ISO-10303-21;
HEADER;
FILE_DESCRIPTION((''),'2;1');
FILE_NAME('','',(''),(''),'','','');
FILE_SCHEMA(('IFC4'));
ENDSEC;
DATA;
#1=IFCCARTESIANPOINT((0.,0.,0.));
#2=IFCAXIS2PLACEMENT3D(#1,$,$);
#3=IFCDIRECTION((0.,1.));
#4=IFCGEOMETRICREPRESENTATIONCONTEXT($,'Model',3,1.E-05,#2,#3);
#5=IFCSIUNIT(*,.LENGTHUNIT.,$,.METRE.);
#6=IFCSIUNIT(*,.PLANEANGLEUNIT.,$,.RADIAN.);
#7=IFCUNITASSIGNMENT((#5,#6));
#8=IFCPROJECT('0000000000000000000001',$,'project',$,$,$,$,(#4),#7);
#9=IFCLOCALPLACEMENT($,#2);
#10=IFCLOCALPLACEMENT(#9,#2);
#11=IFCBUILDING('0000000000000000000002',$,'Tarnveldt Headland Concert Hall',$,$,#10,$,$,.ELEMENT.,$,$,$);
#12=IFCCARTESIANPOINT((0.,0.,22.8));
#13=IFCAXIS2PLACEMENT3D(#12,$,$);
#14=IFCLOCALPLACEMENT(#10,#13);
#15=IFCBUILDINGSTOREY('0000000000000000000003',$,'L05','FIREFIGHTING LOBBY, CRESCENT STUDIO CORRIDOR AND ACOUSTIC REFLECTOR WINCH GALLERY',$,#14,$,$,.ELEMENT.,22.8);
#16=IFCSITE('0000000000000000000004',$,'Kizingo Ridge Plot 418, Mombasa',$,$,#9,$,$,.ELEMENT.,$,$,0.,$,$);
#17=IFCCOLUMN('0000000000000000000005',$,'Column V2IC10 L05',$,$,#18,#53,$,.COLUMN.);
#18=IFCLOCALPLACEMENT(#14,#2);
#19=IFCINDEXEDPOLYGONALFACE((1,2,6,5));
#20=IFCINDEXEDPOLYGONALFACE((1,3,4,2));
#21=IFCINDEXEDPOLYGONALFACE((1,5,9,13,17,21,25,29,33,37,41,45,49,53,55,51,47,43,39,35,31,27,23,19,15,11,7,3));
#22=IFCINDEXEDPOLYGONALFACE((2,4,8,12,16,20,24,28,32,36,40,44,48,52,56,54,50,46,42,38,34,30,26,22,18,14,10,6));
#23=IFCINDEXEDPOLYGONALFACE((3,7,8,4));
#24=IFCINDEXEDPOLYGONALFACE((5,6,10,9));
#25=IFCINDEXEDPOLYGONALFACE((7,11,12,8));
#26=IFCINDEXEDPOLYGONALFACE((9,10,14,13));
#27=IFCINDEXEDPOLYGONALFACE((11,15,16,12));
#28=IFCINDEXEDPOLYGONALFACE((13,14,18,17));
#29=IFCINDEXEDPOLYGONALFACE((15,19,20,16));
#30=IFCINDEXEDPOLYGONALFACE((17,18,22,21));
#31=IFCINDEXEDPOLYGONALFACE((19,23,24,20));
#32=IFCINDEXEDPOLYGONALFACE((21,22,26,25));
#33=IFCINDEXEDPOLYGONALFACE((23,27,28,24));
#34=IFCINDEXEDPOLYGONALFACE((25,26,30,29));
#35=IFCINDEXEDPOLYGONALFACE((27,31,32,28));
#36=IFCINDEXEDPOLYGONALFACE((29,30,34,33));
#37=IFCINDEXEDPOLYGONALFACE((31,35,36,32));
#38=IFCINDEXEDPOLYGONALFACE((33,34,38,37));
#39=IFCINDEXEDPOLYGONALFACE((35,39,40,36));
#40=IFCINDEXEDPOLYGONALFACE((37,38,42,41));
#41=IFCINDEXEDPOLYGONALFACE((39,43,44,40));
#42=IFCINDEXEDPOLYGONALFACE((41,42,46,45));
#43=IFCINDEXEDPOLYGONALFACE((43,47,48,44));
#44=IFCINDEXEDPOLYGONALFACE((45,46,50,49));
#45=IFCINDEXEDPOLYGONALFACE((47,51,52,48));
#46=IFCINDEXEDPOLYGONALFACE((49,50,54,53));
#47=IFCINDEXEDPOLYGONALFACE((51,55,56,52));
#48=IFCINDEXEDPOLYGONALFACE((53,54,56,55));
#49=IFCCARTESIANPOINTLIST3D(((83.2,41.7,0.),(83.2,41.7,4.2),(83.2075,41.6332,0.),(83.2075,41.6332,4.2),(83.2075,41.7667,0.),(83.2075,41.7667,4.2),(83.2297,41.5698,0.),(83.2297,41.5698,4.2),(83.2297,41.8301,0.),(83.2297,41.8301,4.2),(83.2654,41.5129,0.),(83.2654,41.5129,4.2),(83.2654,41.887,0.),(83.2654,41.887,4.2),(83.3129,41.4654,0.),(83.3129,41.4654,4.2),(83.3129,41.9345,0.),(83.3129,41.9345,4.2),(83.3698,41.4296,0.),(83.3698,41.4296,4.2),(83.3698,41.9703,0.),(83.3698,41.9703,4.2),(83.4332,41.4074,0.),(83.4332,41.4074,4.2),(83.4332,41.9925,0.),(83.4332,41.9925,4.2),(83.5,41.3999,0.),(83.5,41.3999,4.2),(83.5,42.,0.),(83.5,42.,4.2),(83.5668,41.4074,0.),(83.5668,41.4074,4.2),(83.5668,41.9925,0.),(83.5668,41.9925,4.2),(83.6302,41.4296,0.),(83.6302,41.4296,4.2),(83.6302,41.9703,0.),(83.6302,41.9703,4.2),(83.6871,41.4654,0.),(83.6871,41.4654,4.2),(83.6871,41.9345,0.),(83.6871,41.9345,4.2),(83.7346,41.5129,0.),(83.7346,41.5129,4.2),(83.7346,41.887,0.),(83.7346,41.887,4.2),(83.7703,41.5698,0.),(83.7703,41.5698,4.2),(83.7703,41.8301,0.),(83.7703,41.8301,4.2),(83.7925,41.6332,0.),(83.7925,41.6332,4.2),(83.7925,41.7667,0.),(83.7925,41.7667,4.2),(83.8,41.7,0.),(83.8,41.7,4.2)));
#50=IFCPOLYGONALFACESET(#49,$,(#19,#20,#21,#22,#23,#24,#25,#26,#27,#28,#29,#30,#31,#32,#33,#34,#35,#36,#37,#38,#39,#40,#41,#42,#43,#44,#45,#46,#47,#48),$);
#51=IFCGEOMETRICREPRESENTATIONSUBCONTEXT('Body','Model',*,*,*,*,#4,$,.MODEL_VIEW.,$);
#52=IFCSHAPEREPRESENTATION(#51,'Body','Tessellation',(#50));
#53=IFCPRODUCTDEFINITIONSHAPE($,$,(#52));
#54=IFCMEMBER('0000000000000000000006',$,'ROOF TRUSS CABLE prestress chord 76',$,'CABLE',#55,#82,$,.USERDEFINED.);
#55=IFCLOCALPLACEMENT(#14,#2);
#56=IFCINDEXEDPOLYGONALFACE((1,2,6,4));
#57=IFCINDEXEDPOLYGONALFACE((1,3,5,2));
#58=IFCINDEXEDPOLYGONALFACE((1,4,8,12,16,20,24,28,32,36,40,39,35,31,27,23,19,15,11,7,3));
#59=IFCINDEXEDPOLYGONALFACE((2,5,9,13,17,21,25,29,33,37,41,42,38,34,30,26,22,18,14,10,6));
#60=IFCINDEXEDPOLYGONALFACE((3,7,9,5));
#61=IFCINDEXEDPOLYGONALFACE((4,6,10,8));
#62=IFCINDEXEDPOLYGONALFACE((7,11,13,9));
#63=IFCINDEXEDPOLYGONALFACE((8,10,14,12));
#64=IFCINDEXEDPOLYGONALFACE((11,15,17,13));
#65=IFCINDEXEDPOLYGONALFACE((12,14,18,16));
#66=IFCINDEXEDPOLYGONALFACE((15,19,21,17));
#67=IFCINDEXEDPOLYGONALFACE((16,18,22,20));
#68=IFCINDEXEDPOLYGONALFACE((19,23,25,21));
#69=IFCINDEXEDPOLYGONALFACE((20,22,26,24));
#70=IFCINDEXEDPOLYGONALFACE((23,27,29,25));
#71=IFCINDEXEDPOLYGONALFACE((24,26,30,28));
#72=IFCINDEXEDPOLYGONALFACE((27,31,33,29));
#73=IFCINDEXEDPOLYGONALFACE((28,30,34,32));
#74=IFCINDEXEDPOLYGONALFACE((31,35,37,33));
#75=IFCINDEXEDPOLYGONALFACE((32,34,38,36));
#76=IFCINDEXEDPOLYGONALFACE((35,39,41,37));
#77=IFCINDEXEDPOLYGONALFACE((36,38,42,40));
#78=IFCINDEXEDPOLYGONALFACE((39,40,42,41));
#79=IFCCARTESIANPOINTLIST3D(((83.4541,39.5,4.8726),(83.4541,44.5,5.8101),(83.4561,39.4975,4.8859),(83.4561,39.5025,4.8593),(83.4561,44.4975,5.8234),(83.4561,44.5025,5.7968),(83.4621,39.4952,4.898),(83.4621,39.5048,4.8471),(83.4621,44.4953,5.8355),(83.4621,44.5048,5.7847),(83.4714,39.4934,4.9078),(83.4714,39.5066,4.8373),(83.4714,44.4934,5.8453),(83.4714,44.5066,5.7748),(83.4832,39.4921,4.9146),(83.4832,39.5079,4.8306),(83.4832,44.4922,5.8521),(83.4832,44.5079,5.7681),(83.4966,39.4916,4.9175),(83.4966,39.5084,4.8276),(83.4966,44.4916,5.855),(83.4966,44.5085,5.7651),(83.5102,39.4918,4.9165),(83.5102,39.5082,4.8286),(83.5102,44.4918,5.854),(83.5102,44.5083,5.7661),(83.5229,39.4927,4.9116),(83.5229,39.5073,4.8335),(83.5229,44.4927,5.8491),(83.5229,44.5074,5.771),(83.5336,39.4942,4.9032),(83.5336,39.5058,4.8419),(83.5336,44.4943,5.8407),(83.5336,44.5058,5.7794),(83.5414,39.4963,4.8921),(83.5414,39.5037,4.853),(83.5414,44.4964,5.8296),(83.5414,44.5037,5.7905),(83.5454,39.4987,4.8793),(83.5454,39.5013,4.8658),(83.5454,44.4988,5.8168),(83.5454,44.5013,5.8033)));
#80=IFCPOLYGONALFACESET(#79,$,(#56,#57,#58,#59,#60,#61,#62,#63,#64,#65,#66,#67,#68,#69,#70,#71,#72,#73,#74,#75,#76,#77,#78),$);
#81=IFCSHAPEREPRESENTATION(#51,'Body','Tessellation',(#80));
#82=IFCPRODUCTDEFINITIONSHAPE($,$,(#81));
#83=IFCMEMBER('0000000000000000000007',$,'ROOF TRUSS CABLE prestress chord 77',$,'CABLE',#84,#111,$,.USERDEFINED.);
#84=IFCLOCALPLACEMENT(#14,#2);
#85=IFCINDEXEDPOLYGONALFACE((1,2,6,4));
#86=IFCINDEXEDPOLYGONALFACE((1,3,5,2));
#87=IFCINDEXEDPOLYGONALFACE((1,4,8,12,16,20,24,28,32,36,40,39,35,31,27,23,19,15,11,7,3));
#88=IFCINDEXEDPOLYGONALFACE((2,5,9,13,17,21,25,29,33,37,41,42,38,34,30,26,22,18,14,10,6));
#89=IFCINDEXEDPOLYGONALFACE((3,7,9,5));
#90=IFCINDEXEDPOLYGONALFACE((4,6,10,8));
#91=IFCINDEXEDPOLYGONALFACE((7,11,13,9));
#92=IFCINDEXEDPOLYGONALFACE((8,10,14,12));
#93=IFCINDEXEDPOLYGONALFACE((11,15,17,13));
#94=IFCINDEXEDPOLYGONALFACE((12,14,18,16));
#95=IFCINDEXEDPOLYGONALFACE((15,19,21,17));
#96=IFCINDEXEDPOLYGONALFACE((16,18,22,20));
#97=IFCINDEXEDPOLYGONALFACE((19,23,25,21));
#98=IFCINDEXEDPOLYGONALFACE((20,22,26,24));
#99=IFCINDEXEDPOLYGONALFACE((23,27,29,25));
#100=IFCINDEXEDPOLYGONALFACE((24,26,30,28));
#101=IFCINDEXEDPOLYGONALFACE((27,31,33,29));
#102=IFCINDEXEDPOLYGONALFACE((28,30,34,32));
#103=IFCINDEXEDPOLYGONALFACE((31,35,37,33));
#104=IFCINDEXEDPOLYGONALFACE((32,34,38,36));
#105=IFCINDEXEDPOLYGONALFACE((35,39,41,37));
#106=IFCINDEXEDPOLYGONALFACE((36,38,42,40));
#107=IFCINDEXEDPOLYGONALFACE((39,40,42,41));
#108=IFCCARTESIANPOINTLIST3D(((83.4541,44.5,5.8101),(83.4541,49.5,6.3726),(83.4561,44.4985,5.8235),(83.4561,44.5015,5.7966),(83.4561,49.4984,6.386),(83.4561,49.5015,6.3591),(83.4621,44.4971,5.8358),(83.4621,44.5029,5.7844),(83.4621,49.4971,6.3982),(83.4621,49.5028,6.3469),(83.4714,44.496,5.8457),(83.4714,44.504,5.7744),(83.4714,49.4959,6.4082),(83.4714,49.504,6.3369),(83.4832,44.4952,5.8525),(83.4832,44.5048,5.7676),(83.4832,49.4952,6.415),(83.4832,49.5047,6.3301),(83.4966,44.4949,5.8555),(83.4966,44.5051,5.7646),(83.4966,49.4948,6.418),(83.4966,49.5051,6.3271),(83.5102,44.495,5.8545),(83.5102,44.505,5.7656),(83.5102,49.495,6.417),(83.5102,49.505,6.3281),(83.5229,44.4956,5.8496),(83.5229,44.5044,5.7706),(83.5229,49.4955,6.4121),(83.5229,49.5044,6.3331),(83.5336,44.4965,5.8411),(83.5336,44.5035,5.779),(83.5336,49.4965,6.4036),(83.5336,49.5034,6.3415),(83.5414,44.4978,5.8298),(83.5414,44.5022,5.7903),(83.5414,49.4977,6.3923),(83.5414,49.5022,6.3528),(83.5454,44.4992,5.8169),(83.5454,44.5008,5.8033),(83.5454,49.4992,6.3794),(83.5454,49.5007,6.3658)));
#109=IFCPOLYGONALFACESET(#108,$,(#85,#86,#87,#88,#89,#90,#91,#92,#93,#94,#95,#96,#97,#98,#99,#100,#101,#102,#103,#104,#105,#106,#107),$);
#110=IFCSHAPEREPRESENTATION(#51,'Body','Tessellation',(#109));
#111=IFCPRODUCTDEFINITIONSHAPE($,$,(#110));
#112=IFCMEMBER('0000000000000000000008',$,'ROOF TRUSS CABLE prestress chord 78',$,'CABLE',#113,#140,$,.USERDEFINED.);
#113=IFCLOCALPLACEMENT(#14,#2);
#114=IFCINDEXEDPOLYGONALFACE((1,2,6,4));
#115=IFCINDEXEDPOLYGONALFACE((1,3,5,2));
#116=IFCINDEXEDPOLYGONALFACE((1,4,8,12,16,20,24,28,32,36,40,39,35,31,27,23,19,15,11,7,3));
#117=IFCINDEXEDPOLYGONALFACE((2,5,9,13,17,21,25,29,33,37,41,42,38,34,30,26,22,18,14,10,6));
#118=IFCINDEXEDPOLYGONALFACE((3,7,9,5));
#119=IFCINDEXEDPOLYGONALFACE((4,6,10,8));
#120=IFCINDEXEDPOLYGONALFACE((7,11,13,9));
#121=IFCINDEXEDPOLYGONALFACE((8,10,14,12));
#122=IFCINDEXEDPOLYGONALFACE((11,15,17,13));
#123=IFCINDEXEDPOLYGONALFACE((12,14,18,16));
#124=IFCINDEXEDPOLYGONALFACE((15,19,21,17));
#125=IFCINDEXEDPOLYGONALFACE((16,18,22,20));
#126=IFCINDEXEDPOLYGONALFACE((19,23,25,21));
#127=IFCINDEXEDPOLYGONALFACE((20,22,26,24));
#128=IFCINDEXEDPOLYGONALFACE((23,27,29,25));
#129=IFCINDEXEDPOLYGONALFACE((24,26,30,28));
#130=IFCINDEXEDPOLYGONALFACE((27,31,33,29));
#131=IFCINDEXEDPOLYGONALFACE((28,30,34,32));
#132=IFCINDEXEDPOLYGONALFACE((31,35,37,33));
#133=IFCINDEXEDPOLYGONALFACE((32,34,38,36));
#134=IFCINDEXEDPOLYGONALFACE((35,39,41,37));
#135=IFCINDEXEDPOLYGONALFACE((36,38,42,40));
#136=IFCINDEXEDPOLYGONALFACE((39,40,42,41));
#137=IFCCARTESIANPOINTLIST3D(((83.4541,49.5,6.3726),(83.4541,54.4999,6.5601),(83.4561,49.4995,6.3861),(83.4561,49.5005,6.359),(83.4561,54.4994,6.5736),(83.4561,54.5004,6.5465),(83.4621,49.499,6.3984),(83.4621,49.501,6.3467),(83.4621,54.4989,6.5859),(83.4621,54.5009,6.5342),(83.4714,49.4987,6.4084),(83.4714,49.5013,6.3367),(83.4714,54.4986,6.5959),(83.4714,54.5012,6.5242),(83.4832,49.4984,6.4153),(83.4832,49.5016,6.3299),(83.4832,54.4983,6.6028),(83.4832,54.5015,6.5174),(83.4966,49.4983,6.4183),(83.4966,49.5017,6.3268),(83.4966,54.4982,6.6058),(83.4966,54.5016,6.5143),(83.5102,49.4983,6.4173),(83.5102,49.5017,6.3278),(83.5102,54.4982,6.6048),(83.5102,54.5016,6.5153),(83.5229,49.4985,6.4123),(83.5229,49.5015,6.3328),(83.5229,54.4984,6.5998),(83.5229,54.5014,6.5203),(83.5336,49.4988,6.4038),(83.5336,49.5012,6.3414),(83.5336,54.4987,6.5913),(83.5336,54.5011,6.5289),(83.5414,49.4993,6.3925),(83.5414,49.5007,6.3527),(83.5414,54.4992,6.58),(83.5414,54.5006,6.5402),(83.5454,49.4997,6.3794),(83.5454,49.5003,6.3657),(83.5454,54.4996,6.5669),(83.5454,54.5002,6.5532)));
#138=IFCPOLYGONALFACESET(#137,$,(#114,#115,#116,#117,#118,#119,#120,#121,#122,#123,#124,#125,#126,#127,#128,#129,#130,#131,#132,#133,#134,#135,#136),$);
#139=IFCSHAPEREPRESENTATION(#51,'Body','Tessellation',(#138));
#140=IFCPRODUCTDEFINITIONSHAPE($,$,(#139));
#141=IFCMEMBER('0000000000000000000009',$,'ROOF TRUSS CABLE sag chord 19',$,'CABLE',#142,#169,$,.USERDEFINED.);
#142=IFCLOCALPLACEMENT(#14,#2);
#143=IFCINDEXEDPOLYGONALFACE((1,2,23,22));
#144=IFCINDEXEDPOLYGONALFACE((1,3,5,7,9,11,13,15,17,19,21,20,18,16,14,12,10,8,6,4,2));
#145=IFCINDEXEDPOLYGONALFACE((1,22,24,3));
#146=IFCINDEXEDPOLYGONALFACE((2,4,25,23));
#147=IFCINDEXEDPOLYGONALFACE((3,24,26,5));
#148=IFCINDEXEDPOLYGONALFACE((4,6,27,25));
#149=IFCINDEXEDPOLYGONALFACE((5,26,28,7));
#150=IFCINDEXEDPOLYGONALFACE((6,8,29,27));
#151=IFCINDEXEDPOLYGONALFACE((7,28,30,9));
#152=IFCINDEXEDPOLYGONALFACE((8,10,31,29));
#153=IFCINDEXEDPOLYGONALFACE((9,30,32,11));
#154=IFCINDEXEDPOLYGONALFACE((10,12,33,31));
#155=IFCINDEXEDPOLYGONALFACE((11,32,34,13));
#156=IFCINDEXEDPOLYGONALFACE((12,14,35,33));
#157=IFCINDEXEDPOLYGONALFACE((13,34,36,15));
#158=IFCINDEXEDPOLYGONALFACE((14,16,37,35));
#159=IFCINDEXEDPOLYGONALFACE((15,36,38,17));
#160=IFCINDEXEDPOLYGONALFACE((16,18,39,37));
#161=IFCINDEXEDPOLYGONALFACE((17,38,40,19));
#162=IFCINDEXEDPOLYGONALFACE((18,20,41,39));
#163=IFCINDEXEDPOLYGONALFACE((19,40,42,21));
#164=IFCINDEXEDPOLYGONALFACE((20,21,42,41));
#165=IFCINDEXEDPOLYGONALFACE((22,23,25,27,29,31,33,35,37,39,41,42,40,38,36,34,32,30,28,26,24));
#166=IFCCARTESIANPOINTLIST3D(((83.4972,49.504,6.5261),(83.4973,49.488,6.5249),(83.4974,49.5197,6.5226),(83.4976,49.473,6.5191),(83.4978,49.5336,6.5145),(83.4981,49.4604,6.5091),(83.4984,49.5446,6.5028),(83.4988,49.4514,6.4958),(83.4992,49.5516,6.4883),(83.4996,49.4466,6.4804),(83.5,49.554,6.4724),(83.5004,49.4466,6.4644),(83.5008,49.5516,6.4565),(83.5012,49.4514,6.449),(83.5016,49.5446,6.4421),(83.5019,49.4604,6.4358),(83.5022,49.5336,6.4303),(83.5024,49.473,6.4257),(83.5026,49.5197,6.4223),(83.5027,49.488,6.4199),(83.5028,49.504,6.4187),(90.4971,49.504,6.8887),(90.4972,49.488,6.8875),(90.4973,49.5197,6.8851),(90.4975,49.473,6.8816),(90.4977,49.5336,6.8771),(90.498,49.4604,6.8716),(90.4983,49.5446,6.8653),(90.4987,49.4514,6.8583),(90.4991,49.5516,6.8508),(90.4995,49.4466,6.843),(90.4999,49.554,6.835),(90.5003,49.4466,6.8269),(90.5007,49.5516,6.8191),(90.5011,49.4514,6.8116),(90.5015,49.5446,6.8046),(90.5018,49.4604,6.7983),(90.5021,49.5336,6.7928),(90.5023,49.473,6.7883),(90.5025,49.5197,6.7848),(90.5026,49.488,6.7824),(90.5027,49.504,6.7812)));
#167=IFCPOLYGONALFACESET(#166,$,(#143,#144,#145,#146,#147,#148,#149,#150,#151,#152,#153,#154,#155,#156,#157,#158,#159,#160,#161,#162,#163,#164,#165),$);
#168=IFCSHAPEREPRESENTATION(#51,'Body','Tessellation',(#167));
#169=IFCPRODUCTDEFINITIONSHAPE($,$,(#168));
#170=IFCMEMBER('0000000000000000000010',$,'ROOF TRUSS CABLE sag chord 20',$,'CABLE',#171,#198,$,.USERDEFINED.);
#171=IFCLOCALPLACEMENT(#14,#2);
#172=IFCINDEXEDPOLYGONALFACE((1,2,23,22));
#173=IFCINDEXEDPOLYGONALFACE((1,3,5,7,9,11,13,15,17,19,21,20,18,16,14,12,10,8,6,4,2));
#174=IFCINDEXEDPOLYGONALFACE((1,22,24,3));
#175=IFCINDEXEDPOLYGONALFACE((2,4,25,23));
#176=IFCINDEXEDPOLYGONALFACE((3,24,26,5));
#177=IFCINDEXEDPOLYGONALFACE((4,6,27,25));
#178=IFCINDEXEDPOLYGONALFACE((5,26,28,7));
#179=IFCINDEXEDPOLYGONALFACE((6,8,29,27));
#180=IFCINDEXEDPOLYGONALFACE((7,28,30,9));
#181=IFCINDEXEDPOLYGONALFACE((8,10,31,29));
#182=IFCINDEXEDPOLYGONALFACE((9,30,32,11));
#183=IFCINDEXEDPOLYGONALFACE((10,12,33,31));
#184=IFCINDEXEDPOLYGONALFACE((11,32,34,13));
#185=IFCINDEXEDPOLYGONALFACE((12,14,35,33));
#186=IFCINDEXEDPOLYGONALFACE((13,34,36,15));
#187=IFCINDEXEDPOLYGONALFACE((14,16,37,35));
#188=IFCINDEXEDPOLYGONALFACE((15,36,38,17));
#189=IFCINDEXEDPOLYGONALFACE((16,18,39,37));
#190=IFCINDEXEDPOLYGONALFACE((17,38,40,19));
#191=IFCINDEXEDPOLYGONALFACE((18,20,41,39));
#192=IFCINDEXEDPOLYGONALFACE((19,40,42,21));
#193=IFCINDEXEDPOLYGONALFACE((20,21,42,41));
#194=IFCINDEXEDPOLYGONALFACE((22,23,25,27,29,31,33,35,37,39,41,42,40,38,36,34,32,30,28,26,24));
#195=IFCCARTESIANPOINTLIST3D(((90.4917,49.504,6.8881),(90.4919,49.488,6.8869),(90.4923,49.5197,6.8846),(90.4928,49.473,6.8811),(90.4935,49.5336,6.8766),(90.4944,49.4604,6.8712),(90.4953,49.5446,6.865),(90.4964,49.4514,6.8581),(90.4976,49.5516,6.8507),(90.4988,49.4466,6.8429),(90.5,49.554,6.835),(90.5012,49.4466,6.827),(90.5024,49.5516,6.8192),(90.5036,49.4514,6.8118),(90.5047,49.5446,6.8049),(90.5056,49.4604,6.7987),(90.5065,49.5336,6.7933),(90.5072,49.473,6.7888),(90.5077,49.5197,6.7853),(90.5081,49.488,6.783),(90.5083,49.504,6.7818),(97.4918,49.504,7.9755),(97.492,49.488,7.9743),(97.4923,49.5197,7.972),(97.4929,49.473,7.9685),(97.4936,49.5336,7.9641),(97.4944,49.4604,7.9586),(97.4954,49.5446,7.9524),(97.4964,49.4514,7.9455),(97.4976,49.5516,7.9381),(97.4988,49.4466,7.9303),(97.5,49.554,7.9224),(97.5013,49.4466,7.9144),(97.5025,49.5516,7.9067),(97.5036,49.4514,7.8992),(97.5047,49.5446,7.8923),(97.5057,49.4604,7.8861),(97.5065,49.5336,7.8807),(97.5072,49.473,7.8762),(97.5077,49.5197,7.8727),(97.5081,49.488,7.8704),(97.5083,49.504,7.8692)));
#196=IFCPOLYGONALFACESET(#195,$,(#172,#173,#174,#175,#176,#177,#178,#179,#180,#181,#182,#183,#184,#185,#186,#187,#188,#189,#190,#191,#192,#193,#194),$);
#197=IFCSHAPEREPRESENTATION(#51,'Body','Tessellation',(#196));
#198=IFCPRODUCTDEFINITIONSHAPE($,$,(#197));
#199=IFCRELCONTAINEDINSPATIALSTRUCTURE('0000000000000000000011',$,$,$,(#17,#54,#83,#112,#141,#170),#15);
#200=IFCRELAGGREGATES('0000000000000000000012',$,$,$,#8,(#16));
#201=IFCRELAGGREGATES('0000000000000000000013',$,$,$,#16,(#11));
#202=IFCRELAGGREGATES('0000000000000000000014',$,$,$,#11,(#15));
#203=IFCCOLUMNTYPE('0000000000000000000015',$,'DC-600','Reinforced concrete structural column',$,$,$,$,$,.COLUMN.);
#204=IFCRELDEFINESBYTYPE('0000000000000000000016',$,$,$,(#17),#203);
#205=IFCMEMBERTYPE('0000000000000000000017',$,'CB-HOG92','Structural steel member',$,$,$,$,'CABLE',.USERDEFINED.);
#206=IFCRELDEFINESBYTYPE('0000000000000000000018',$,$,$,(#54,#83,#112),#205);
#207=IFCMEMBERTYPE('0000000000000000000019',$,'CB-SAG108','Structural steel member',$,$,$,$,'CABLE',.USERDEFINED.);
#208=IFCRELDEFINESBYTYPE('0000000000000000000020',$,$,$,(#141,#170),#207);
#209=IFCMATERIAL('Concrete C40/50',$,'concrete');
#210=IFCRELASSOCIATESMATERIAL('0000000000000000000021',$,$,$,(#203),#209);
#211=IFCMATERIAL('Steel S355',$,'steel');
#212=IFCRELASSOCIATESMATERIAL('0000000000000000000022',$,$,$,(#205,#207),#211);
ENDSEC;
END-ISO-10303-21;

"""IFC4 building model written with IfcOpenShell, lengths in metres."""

from ifc_helpers import new_model, si_unit, direction, frame, origin, origin_2d, place, context, subcontext, project, spatial, circle, extrude, material, material_profile, profile_set, type_object, element, save


model = new_model("IFC4")

# Units and contexts
model_context = context("Model", 3, precision=1e-05, world=origin(), true_north=direction((0.0, 1.0)))
body_context = subcontext(model_context, "Body", "Model", "MODEL_VIEW")
ifc_project = project(units=[si_unit("LENGTHUNIT", "METRE"), si_unit("PLANEANGLEUNIT", "RADIAN")], contexts=[model_context])

# Site, building, storey
site_placement = place(None, origin())
site = spatial("IfcSite", under=ifc_project, at=site_placement, Name="Kizingo Ridge Plot 418, Mombasa", CompositionType="ELEMENT", RefElevation=0.0)
building_placement = place(site_placement, origin())
building = spatial("IfcBuilding", under=site, at=building_placement, Name="Tarnveldt Headland Concert Hall", CompositionType="ELEMENT")
storey_placement = place(building_placement, frame((0.0, 0.0, 22.8)))
storey = spatial("IfcBuildingStorey", under=building, at=storey_placement, Name="L05", Description="FIREFIGHTING LOBBY, CRESCENT STUDIO CORRIDOR AND ACOUSTIC REFLECTOR WINCH GALLERY", CompositionType="ELEMENT", Elevation=22.8)

# Column
ifc_material_1 = material(Name="Concrete C40/50", Category="concrete")
ifc_material_profile_1 = material_profile(ifc_material_1, circle(Radius=0.3, at=origin_2d()), Name="RC D600", Category="concrete")
ifc_profile_set_1 = profile_set([ifc_material_profile_1], Name="Concrete C40/50")
column_type = type_object("IfcColumnType", Name="DC-600", Description="Reinforced concrete structural column", PredefinedType="COLUMN", material=ifc_profile_set_1)
column_placement = place(storey_placement, frame((83.5, 41.7, 0.0), z_axis=(0.0, 0.0, 1.0), x_axis=(0.0, -1.0, 0.0)))
element("IfcColumn", 1, at=column_placement, inside=storey, type_object=column_type, Name="Column V2IC10 L05", PredefinedType="COLUMN", context=body_context, shape_type="SweptSolid", body=[
    extrude(circle(Radius=0.3, at=origin_2d()), origin(), (0.0, 0.0, 1.0), 4.2),
])

# Members
ifc_material_2 = material(Name="Steel S355", Category="steel")
ifc_material_profile_2 = material_profile(ifc_material_2, circle(Radius=0.0459, at=origin_2d()), Name="LC D92", Category="steel")
ifc_profile_set_2 = profile_set([ifc_material_profile_2], Name="Steel S355")
member_type_1 = type_object("IfcMemberType", Name="CB-HOG92", Description="Structural steel member", ElementType="CABLE", PredefinedType="USERDEFINED", material=ifc_profile_set_2)
member_1_placement = place(storey_placement, frame((83.5, 39.5, 4.8726), z_axis=(0.0, 0.982872, 0.184289), x_axis=(-1.0, 0.0, 0.0)))
element("IfcMember", 2, at=member_1_placement, inside=storey, type_object=member_type_1, Name="ROOF TRUSS CABLE prestress chord 76", ObjectType="CABLE", PredefinedType="USERDEFINED", context=body_context, shape_type="SweptSolid", body=[
    extrude(circle(Radius=0.0459, at=origin_2d()), origin(), (0.0, 0.0, 1.0), 5.0872),
])
member_2_placement = place(storey_placement, frame((83.5, 44.5, 5.8101), z_axis=(0.0, 0.993731, 0.111795), x_axis=(-1.0, 0.0, 0.0)))
element("IfcMember", 3, at=member_2_placement, inside=storey, type_object=member_type_1, Name="ROOF TRUSS CABLE prestress chord 77", ObjectType="CABLE", PredefinedType="USERDEFINED", context=body_context, shape_type="SweptSolid", body=[
    extrude(circle(Radius=0.0459, at=origin_2d()), origin(), (0.0, 0.0, 1.0), 5.0315),
])
member_3_placement = place(storey_placement, frame((83.5, 49.5, 6.3726), z_axis=(0.0, 0.999298, 0.037474), x_axis=(-1.0, 0.0, 0.0)))
element("IfcMember", 4, at=member_3_placement, inside=storey, type_object=member_type_1, Name="ROOF TRUSS CABLE prestress chord 78", ObjectType="CABLE", PredefinedType="USERDEFINED", context=body_context, shape_type="SweptSolid", body=[
    extrude(circle(Radius=0.0459, at=origin_2d()), origin(), (0.0, 0.0, 1.0), 5.0034),
])
ifc_material_profile_3 = material_profile(ifc_material_2, circle(Radius=0.054, at=origin_2d()), Name="LC D108", Category="steel")
ifc_profile_set_3 = profile_set([ifc_material_profile_3], Name="Steel S355")
member_type_2 = type_object("IfcMemberType", Name="CB-SAG108", Description="Structural steel member", ElementType="CABLE", PredefinedType="USERDEFINED", material=ifc_profile_set_3)
member_4_placement = place(storey_placement, frame((83.5, 49.5, 6.4724), z_axis=(0.998661, 0.0, 0.051723), x_axis=(0.0, 1.0, 0.0)))
element("IfcMember", 5, at=member_4_placement, inside=storey, type_object=member_type_2, Name="ROOF TRUSS CABLE sag chord 19", ObjectType="CABLE", PredefinedType="USERDEFINED", context=body_context, shape_type="SweptSolid", body=[
    extrude(circle(Radius=0.054, at=origin_2d()), origin(), (0.0, 0.0, 1.0), 7.0093),
])
member_5_placement = place(storey_placement, frame((90.5, 49.5, 6.835), z_axis=(0.988148, 0.0, 0.153502), x_axis=(0.0, 1.0, 0.0)))
element("IfcMember", 6, at=member_5_placement, inside=storey, type_object=member_type_2, Name="ROOF TRUSS CABLE sag chord 20", ObjectType="CABLE", PredefinedType="USERDEFINED", context=body_context, shape_type="SweptSolid", body=[
    extrude(circle(Radius=0.054, at=origin_2d()), origin(), (0.0, 0.0, 1.0), 7.084),
])

save(model, "model.ifc")
